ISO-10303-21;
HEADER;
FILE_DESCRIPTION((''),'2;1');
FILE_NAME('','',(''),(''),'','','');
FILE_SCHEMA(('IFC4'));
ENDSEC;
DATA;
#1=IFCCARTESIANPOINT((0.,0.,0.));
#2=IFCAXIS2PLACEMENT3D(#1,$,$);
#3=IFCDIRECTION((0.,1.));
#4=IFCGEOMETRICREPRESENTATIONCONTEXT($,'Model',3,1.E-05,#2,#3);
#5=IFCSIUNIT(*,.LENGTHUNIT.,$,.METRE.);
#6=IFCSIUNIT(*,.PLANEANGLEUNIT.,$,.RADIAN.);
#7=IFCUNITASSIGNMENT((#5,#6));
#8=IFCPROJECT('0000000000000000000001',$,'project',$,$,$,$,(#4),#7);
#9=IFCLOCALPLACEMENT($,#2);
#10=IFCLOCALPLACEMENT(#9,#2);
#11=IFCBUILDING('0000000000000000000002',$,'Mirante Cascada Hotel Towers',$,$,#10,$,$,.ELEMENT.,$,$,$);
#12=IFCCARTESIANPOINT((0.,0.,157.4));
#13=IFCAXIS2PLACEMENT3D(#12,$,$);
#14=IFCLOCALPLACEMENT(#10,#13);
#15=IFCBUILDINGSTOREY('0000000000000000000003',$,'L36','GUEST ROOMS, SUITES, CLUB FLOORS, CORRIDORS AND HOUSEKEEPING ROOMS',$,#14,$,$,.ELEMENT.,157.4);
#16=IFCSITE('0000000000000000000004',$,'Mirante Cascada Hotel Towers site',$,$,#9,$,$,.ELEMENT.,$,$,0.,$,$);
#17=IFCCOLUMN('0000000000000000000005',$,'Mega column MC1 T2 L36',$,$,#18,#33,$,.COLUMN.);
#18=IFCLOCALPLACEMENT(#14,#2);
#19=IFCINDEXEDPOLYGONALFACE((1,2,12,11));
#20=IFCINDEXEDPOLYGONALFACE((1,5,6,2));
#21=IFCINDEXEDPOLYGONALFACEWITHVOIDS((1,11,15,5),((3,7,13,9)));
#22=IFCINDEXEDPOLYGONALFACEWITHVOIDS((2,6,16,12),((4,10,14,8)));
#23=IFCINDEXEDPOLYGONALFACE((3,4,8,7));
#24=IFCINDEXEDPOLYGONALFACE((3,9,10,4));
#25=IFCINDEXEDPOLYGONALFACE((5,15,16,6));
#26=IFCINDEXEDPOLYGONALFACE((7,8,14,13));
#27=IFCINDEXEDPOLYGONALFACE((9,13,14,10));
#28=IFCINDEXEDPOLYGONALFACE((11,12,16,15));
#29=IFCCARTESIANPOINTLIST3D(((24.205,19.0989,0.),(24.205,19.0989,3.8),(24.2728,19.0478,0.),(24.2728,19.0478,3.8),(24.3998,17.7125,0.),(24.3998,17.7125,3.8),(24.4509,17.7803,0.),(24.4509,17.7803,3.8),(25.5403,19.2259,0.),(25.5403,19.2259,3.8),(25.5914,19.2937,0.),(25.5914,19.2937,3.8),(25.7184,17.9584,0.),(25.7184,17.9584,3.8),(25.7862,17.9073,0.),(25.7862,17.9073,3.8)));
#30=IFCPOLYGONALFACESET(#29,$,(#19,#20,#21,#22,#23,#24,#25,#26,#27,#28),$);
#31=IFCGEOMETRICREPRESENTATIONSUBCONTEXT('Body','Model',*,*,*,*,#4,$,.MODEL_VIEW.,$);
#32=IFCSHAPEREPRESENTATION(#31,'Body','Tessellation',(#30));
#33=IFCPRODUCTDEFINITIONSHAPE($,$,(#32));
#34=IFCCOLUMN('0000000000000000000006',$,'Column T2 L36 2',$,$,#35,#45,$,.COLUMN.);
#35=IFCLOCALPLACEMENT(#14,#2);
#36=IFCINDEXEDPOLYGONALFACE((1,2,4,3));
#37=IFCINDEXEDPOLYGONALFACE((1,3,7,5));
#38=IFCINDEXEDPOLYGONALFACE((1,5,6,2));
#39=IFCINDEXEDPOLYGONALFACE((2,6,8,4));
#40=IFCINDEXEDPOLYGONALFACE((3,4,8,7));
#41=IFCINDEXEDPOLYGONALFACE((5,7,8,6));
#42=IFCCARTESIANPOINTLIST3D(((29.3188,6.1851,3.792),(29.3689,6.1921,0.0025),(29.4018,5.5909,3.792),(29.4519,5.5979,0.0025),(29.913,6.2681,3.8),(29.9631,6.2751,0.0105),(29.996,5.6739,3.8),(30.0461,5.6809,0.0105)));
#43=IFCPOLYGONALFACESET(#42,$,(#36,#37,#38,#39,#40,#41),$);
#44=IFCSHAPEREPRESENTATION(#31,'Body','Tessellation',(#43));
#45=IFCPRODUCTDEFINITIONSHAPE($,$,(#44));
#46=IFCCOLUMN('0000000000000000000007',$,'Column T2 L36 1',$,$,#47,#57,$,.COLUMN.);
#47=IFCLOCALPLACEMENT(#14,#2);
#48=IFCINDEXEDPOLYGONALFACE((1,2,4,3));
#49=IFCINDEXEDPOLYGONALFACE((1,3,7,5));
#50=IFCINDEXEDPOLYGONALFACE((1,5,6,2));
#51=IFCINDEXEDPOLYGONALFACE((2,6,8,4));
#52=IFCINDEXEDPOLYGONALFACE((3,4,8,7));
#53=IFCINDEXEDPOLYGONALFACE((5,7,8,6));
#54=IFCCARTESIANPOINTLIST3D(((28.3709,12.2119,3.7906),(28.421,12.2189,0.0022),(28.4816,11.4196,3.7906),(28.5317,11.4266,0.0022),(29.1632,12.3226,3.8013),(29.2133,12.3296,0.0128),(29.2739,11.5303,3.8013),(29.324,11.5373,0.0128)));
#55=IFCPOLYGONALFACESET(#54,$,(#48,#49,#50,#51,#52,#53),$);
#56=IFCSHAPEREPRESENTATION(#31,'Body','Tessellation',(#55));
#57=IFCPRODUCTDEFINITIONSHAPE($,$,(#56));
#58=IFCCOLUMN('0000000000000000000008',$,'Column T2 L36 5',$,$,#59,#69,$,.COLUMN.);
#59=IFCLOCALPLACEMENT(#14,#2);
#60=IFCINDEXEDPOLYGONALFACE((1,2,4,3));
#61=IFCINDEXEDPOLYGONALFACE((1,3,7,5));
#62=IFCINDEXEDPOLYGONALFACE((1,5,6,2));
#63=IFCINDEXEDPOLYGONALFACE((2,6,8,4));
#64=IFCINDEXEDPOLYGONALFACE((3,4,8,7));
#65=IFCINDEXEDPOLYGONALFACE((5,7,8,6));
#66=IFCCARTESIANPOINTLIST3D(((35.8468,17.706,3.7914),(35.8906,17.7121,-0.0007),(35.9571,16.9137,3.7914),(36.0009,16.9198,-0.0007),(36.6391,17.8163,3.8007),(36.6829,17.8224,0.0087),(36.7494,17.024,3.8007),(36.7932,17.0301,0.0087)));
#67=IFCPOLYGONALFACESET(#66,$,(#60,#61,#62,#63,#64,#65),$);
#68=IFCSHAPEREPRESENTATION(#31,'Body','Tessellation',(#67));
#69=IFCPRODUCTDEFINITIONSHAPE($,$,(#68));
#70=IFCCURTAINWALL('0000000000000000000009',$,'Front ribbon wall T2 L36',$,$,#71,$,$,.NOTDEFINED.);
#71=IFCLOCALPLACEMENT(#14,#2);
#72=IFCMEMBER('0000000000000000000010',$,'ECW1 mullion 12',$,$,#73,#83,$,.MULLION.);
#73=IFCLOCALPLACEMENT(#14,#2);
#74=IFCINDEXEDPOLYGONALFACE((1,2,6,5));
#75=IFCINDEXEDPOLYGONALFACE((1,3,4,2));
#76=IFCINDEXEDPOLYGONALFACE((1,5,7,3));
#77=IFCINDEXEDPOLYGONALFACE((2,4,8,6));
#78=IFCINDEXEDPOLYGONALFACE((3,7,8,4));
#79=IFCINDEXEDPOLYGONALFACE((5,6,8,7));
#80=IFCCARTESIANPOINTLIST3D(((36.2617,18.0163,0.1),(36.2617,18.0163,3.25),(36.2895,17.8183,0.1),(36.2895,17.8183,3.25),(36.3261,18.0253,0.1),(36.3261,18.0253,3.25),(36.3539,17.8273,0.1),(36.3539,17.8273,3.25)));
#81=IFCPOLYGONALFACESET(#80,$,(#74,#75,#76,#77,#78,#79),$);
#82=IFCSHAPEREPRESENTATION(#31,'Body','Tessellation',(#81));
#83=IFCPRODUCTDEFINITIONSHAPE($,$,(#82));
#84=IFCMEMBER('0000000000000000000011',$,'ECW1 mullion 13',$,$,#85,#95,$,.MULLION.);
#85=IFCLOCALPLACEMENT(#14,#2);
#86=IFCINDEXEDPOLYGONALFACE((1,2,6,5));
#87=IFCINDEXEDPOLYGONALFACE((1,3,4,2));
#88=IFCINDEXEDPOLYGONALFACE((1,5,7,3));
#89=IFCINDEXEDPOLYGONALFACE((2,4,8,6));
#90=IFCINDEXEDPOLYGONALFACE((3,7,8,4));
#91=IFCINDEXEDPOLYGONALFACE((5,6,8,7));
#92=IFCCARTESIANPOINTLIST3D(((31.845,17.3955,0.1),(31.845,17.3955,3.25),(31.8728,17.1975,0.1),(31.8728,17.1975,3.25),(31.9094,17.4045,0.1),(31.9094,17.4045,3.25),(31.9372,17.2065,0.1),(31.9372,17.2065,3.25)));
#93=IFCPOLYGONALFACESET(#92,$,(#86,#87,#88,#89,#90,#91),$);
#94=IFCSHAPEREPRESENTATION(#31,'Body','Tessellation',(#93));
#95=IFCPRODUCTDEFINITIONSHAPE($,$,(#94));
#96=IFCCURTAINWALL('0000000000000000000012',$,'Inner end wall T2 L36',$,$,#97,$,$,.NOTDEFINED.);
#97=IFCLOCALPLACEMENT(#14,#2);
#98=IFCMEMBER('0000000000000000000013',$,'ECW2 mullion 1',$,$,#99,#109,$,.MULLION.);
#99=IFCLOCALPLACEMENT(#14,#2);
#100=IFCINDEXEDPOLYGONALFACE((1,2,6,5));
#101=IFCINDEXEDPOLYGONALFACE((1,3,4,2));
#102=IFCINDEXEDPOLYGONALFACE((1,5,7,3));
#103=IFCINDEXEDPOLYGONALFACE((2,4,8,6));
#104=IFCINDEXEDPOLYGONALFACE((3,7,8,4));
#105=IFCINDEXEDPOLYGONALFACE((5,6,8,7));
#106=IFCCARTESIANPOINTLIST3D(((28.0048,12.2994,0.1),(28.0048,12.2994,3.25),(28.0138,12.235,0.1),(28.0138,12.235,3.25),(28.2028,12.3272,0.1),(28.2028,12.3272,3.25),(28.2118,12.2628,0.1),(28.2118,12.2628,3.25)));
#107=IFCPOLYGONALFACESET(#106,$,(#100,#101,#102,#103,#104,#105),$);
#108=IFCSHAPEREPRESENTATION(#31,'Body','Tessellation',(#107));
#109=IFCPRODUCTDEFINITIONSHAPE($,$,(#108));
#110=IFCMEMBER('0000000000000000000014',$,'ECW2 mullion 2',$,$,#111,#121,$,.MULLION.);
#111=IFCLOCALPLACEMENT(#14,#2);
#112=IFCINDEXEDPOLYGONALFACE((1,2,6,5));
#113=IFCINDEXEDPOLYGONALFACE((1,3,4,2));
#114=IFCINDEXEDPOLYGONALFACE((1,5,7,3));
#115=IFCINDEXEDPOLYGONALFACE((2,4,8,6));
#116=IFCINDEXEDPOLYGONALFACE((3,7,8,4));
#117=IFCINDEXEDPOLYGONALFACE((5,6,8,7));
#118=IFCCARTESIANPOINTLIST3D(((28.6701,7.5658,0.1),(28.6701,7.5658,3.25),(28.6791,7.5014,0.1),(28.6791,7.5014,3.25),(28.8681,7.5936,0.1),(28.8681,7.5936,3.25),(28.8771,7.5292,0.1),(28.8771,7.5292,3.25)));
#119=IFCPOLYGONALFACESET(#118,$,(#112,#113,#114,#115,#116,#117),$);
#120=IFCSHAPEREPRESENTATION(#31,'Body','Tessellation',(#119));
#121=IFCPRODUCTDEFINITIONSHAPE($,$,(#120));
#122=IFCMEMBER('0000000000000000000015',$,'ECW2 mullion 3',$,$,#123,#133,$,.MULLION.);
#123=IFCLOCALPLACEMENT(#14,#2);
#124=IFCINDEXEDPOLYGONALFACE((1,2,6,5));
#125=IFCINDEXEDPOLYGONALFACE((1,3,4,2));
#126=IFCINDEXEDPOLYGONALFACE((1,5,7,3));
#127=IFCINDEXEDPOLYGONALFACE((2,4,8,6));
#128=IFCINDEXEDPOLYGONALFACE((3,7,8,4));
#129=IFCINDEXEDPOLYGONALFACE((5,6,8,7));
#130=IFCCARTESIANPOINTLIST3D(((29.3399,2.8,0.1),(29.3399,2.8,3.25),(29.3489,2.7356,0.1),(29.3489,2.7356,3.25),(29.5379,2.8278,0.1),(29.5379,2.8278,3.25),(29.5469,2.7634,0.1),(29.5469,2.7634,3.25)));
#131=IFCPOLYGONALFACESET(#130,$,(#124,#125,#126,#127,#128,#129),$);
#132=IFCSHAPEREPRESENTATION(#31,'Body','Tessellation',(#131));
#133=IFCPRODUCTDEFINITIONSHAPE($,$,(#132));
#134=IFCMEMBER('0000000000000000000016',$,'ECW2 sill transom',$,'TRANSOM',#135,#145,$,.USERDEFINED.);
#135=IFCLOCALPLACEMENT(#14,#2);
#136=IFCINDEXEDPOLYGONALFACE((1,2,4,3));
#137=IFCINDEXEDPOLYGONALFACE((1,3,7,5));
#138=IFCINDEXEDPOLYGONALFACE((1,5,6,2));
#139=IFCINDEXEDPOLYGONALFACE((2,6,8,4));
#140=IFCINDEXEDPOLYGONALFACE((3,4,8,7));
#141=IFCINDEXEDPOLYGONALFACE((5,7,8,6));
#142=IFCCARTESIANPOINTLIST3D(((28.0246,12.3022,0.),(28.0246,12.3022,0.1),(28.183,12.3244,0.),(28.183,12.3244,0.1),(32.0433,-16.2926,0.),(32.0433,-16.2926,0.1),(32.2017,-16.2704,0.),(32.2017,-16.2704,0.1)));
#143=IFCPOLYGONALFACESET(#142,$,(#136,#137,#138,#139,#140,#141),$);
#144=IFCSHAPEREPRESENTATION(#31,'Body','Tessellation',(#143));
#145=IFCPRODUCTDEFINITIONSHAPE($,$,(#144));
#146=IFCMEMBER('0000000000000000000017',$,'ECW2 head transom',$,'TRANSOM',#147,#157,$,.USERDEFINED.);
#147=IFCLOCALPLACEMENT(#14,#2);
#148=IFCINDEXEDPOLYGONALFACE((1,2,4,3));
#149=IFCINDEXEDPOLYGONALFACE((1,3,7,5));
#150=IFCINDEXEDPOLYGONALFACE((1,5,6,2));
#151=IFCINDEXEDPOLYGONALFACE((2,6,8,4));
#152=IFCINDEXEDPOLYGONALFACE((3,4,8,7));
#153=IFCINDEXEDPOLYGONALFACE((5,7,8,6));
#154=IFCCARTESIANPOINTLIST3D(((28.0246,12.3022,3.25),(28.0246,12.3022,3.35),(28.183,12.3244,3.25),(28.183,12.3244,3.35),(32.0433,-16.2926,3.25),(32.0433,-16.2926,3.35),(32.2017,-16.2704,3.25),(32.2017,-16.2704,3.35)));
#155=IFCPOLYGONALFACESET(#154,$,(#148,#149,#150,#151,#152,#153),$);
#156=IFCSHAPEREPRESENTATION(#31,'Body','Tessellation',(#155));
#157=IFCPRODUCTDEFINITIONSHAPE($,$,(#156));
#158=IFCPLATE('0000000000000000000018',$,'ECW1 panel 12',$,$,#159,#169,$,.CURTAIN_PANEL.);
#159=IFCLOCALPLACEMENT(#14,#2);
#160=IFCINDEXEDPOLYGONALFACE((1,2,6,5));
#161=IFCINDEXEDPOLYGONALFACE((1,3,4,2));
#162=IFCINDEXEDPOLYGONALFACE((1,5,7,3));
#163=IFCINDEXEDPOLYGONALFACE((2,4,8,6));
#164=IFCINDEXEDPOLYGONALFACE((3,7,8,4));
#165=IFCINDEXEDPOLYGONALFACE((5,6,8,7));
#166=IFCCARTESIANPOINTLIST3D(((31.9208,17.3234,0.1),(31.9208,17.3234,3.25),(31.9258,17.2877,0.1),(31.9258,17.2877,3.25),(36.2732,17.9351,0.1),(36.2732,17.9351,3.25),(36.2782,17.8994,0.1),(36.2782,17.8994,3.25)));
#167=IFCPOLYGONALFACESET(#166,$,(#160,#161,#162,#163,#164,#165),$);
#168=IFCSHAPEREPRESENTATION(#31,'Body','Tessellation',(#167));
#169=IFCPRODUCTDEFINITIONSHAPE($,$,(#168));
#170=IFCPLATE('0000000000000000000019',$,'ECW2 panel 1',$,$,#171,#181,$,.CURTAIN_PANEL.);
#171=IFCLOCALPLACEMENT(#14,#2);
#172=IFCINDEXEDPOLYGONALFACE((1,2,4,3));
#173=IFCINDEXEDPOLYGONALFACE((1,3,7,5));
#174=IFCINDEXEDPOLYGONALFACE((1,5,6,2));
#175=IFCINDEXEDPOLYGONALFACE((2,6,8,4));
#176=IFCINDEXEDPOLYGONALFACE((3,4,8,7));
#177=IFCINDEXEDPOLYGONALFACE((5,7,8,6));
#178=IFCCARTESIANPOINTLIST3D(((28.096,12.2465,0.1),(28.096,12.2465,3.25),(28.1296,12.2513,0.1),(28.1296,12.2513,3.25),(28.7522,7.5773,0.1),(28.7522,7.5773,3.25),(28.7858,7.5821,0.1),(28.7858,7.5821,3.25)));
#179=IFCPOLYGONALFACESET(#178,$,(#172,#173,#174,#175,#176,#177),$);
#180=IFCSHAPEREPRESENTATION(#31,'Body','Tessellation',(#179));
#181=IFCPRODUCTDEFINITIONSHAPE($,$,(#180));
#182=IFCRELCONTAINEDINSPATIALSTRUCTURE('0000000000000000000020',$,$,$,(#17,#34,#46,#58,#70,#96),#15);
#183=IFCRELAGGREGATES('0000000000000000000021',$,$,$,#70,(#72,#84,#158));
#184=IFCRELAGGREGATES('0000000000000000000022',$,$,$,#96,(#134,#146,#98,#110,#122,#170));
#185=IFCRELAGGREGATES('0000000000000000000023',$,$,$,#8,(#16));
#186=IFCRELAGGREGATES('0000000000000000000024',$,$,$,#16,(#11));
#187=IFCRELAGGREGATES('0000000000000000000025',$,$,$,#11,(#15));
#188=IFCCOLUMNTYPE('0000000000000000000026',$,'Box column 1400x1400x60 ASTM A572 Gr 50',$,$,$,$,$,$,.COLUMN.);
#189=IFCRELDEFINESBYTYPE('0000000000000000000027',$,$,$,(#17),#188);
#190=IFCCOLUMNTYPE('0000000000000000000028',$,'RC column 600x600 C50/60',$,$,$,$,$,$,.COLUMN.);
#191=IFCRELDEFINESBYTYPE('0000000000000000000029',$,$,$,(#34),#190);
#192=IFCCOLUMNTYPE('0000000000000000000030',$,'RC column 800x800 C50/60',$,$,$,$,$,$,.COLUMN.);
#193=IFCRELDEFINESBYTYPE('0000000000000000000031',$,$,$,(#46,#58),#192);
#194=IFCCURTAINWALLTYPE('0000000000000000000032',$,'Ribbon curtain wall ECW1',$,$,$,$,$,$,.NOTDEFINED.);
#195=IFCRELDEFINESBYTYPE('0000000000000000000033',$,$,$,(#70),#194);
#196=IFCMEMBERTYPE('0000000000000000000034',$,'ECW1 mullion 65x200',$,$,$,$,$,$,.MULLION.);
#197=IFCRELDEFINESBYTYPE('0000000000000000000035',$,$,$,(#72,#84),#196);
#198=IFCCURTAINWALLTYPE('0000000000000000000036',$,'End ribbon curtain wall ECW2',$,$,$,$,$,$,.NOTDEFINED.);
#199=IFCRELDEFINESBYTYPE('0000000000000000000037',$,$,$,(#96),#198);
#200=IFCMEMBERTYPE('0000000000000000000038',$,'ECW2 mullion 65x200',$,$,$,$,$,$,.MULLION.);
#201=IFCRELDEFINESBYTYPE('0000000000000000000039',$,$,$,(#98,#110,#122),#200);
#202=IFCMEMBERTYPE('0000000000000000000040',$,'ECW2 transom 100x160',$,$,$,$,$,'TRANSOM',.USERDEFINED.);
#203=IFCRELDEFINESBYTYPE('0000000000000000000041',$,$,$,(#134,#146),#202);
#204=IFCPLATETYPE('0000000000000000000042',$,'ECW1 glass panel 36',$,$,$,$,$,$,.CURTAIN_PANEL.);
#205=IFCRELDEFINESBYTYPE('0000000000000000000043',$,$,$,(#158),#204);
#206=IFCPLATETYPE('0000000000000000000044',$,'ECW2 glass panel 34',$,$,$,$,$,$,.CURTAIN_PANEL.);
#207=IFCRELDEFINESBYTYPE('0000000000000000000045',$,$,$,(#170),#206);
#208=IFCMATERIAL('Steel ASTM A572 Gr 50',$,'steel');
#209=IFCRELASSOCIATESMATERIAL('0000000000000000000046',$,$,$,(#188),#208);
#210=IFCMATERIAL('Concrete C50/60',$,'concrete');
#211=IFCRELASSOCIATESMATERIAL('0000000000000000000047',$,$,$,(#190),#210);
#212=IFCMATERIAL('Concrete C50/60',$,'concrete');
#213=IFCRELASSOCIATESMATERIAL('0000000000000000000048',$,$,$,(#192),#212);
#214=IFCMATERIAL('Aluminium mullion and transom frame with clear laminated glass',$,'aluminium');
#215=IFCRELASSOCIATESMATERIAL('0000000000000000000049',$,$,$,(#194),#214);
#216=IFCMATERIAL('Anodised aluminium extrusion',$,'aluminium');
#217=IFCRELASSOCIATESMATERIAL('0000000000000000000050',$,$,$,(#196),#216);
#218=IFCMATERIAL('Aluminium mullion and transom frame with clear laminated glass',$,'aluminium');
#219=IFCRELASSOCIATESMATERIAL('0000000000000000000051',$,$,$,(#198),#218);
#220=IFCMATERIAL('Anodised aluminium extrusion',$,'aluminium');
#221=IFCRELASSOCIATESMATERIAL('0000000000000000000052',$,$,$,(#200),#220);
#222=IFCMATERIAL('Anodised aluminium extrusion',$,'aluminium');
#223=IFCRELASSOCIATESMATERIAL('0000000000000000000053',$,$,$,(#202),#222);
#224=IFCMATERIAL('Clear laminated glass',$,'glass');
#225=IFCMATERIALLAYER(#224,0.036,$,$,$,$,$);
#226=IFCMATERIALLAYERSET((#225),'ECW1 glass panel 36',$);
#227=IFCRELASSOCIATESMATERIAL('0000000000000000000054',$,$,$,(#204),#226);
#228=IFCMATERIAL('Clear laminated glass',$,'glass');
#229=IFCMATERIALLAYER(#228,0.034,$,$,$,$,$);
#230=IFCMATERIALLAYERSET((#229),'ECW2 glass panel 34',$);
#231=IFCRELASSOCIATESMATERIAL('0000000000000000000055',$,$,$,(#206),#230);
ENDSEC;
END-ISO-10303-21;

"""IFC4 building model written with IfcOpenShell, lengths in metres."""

from ifc_helpers import new_model, si_unit, direction, frame, origin, origin_2d, place, context, subcontext, project, spatial, rectangle, hollow_rectangle, extrude, material, layer, layer_set, material_profile, profile_set, type_object, element, aggregate, save


model = new_model("IFC4")

# Units and contexts
model_context = context("Model", 3, precision=1e-05, world=origin(), true_north=direction((0.0, 1.0)))
body_context = subcontext(model_context, "Body", "Model", "MODEL_VIEW")
ifc_project = project(units=[si_unit("LENGTHUNIT", "METRE"), si_unit("PLANEANGLEUNIT", "RADIAN")], contexts=[model_context])

# Site, building, storey
site_placement = place(None, origin())
site = spatial("IfcSite", under=ifc_project, at=site_placement, Name="Mirante Cascada Hotel Towers site", CompositionType="ELEMENT", RefElevation=0.0)
building_placement = place(site_placement, origin())
building = spatial("IfcBuilding", under=site, at=building_placement, Name="Mirante Cascada Hotel Towers", CompositionType="ELEMENT")
storey_placement = place(building_placement, frame((0.0, 0.0, 157.4)))
storey = spatial("IfcBuildingStorey", under=building, at=storey_placement, Name="L36", Description="GUEST ROOMS, SUITES, CLUB FLOORS, CORRIDORS AND HOUSEKEEPING ROOMS", CompositionType="ELEMENT", Elevation=157.4)

# Columns
ifc_material_1 = material(Name="Steel ASTM A572 Gr 50", Category="steel")
ifc_material_profile_1 = material_profile(ifc_material_1, hollow_rectangle(XDim=1.4, YDim=1.4, WallThickness=0.06, at=origin_2d()), Name="Box column 1400x1400x60 ASTM A572 Gr 50")
ifc_profile_set_1 = profile_set([ifc_material_profile_1], Name="Steel ASTM A572 Gr 50")
column_type_1 = type_object("IfcColumnType", Name="Box column 1400x1400x60 ASTM A572 Gr 50", PredefinedType="COLUMN", material=ifc_profile_set_1)
column_1_placement = place(storey_placement, frame((24.9956, 18.5031, 0.0), z_axis=(0.0, 0.0, 1.0), x_axis=(0.990268, 0.139173, 0.0)))
element("IfcColumn", 1, at=column_1_placement, inside=storey, type_object=column_type_1, Name="Mega column MC1 T2 L36", PredefinedType="COLUMN", context=body_context, shape_type="SweptSolid", body=[
    extrude(hollow_rectangle(XDim=1.4, YDim=1.4, WallThickness=0.06, at=origin_2d()), origin(), (0.0, 0.0, 1.0), 3.8),
])
ifc_material_2 = material(Name="Concrete C50/60", Category="concrete")
ifc_material_profile_2 = material_profile(ifc_material_2, rectangle(XDim=0.6, YDim=0.6, at=origin_2d()), Name="RC column 600x600 C50/60")
ifc_profile_set_2 = profile_set([ifc_material_profile_2], Name="Concrete C50/60")
column_type_2 = type_object("IfcColumnType", Name="RC column 600x600 C50/60", PredefinedType="COLUMN", material=ifc_profile_set_2)
column_2_placement = place(storey_placement, frame((29.7075, 5.9365, 0.0065), z_axis=(-0.01322, -0.001847, 0.999911), x_axis=(0.138376, -0.99038, 0.0)))
element("IfcColumn", 2, at=column_2_placement, inside=storey, type_object=column_type_2, Name="Column T2 L36 2", PredefinedType="COLUMN", context=body_context, shape_type="SweptSolid", body=[
    extrude(rectangle(XDim=0.6, YDim=0.6, at=origin_2d()), origin(), (0.0, 0.0, 1.0), 3.7898),
])
ifc_material_3 = material(Name="Concrete C50/60", Category="concrete")
ifc_material_profile_3 = material_profile(ifc_material_3, rectangle(XDim=0.8, YDim=0.8, at=origin_2d()), Name="RC column 800x800 C50/60")
ifc_profile_set_3 = profile_set([ifc_material_profile_3], Name="Concrete C50/60")
column_type_3 = type_object("IfcColumnType", Name="RC column 800x800 C50/60", PredefinedType="COLUMN", material=ifc_profile_set_3)
column_3_placement = place(storey_placement, frame((28.8725, 11.8781, 0.0075), z_axis=(-0.013223, -0.001847, 0.999911), x_axis=(0.138376, -0.99038, 0.0)))
element("IfcColumn", 3, at=column_3_placement, inside=storey, type_object=column_type_3, Name="Column T2 L36 1", PredefinedType="COLUMN", context=body_context, shape_type="SweptSolid", body=[
    extrude(rectangle(XDim=0.8, YDim=0.8, at=origin_2d()), origin(), (0.0, 0.0, 1.0), 3.7888),
])
column_4_placement = place(storey_placement, frame((36.3419, 17.3711, 0.004), z_axis=(-0.01155, -0.001608, 0.999932), x_axis=(0.137938, -0.990441, 0.0)))
element("IfcColumn", 4, at=column_4_placement, inside=storey, type_object=column_type_3, Name="Column T2 L36 5", PredefinedType="COLUMN", context=body_context, shape_type="SweptSolid", body=[
    extrude(rectangle(XDim=0.8, YDim=0.8, at=origin_2d()), origin(), (0.0, 0.0, 1.0), 3.7923),
])

# Curtain walls, members
ifc_material_4 = material(Name="Aluminium mullion and transom frame with clear laminated glass", Category="aluminium")
curtain_wall_type_1 = type_object("IfcCurtainWallType", Name="Ribbon curtain wall ECW1", PredefinedType="NOTDEFINED", material=ifc_material_4)
curtain_wall_1_placement = place(storey_placement, origin())
curtain_wall_1 = element("IfcCurtainWall", 5, at=curtain_wall_1_placement, inside=storey, type_object=curtain_wall_type_1, Name="Front ribbon wall T2 L36", PredefinedType="NOTDEFINED")
ifc_material_5 = material(Name="Anodised aluminium extrusion", Category="aluminium")
ifc_material_profile_4 = material_profile(ifc_material_5, rectangle(XDim=0.2, YDim=0.065, at=origin_2d()), Name="ECW1 MULLION 65x200")
ifc_profile_set_4 = profile_set([ifc_material_profile_4], Name="Anodised aluminium extrusion")
member_type_1 = type_object("IfcMemberType", Name="ECW1 mullion 65x200", PredefinedType="MULLION", material=ifc_profile_set_4)
member_1_placement = place(storey_placement, frame((36.3078, 17.9218, 0.1), z_axis=(0.0, 0.0, 1.0), x_axis=(0.139173, -0.990268, 0.0)))
member_1 = element("IfcMember", 6, at=member_1_placement, type_object=member_type_1, Name="ECW1 mullion 12", PredefinedType="MULLION", context=body_context, shape_type="SweptSolid", body=[
    extrude(rectangle(XDim=0.2, YDim=0.065, at=origin_2d()), origin(), (0.0, 0.0, 1.0), 3.15),
])
member_2_placement = place(storey_placement, frame((31.8911, 17.301, 0.1), z_axis=(0.0, 0.0, 1.0), x_axis=(0.139173, -0.990268, 0.0)))
member_2 = element("IfcMember", 7, at=member_2_placement, type_object=member_type_1, Name="ECW1 mullion 13", PredefinedType="MULLION", context=body_context, shape_type="SweptSolid", body=[
    extrude(rectangle(XDim=0.2, YDim=0.065, at=origin_2d()), origin(), (0.0, 0.0, 1.0), 3.15),
])
ifc_material_6 = material(Name="Aluminium mullion and transom frame with clear laminated glass", Category="aluminium")
curtain_wall_type_2 = type_object("IfcCurtainWallType", Name="End ribbon curtain wall ECW2", PredefinedType="NOTDEFINED", material=ifc_material_6)
curtain_wall_2_placement = place(storey_placement, origin())
curtain_wall_2 = element("IfcCurtainWall", 8, at=curtain_wall_2_placement, inside=storey, type_object=curtain_wall_type_2, Name="Inner end wall T2 L36", PredefinedType="NOTDEFINED")
ifc_material_7 = material(Name="Anodised aluminium extrusion", Category="aluminium")
ifc_material_profile_5 = material_profile(ifc_material_7, rectangle(XDim=0.2, YDim=0.065, at=origin_2d()), Name="ECW2 MULLION 65x200")
ifc_profile_set_5 = profile_set([ifc_material_profile_5], Name="Anodised aluminium extrusion")
member_type_2 = type_object("IfcMemberType", Name="ECW2 mullion 65x200", PredefinedType="MULLION", material=ifc_profile_set_5)
member_3_placement = place(storey_placement, frame((28.1083, 12.2811, 0.1), z_axis=(0.0, 0.0, 1.0), x_axis=(0.990268, 0.139173, 0.0)))
member_3 = element("IfcMember", 9, at=member_3_placement, type_object=member_type_2, Name="ECW2 mullion 1", PredefinedType="MULLION", context=body_context, shape_type="SweptSolid", body=[
    extrude(rectangle(XDim=0.2, YDim=0.065, at=origin_2d()), origin(), (0.0, 0.0, 1.0), 3.15),
])
member_4_placement = place(storey_placement, frame((28.7736, 7.5475, 0.1), z_axis=(0.0, 0.0, 1.0), x_axis=(0.990268, 0.139173, 0.0)))
member_4 = element("IfcMember", 10, at=member_4_placement, type_object=member_type_2, Name="ECW2 mullion 2", PredefinedType="MULLION", context=body_context, shape_type="SweptSolid", body=[
    extrude(rectangle(XDim=0.2, YDim=0.065, at=origin_2d()), origin(), (0.0, 0.0, 1.0), 3.15),
])
member_5_placement = place(storey_placement, frame((29.4434, 2.7817, 0.1), z_axis=(0.0, 0.0, 1.0), x_axis=(0.990268, 0.139173, 0.0)))
member_5 = element("IfcMember", 11, at=member_5_placement, type_object=member_type_2, Name="ECW2 mullion 3", PredefinedType="MULLION", context=body_context, shape_type="SweptSolid", body=[
    extrude(rectangle(XDim=0.2, YDim=0.065, at=origin_2d()), origin(), (0.0, 0.0, 1.0), 3.15),
])
ifc_material_8 = material(Name="Anodised aluminium extrusion", Category="aluminium")
ifc_material_profile_6 = material_profile(ifc_material_8, rectangle(XDim=0.16, YDim=0.1, at=origin_2d()), Name="ECW2 TRANSOM 100x160")
ifc_profile_set_6 = profile_set([ifc_material_profile_6], Name="Anodised aluminium extrusion")
member_type_3 = type_object("IfcMemberType", Name="ECW2 transom 100x160", ElementType="TRANSOM", PredefinedType="USERDEFINED", material=ifc_profile_set_6)
member_6_placement = place(storey_placement, frame((28.1038, 12.3133, 0.05), z_axis=(0.139172, -0.990268, 0.0), x_axis=(0.990268, 0.139172, 0.0)))
member_6 = element("IfcMember", 12, at=member_6_placement, type_object=member_type_3, Name="ECW2 sill transom", ObjectType="TRANSOM", PredefinedType="USERDEFINED", context=body_context, shape_type="SweptSolid", body=[
    extrude(rectangle(XDim=0.16, YDim=0.1, at=origin_2d()), origin(), (0.0, 0.0, 1.0), 28.8758),
])
member_7_placement = place(storey_placement, frame((28.1038, 12.3133, 3.3), z_axis=(0.139172, -0.990268, 0.0), x_axis=(0.990268, 0.139172, 0.0)))
member_7 = element("IfcMember", 13, at=member_7_placement, type_object=member_type_3, Name="ECW2 head transom", ObjectType="TRANSOM", PredefinedType="USERDEFINED", context=body_context, shape_type="SweptSolid", body=[
    extrude(rectangle(XDim=0.16, YDim=0.1, at=origin_2d()), origin(), (0.0, 0.0, 1.0), 28.8758),
])

# Plates
ifc_material_9 = material(Name="Clear laminated glass", Category="glass")
ifc_layer_1 = layer(ifc_material_9, 0.036)
ifc_layer_set_1 = layer_set([ifc_layer_1], Name="ECW1 glass panel 36")
plate_type_1 = type_object("IfcPlateType", Name="ECW1 glass panel 36", PredefinedType="CURTAIN_PANEL", material=ifc_layer_set_1)
plate_1_placement = place(storey_placement, frame((34.0995, 17.6114, 0.1), z_axis=(0.0, 0.0, 1.0), x_axis=(-0.990268, -0.139173, 0.0)))
plate_1 = element("IfcPlate", 14, at=plate_1_placement, type_object=plate_type_1, Name="ECW1 panel 12", PredefinedType="CURTAIN_PANEL", context=body_context, shape_type="SweptSolid", body=[
    extrude(rectangle(XDim=4.3951, YDim=0.036, at=origin_2d()), origin(), (0.0, 0.0, 1.0), 3.15),
])
aggregate(curtain_wall_1, [member_1, member_2, plate_1])
ifc_material_10 = material(Name="Clear laminated glass", Category="glass")
ifc_layer_2 = layer(ifc_material_10, 0.034)
ifc_layer_set_2 = layer_set([ifc_layer_2], Name="ECW2 glass panel 34")
plate_type_2 = type_object("IfcPlateType", Name="ECW2 glass panel 34", PredefinedType="CURTAIN_PANEL", material=ifc_layer_set_2)
plate_2_placement = place(storey_placement, frame((28.4409, 9.9143, 0.1), z_axis=(0.0, 0.0, 1.0), x_axis=(0.139173, -0.990268, 0.0)))
plate_2 = element("IfcPlate", 15, at=plate_2_placement, type_object=plate_type_2, Name="ECW2 panel 1", PredefinedType="CURTAIN_PANEL", context=body_context, shape_type="SweptSolid", body=[
    extrude(rectangle(XDim=4.7151, YDim=0.034, at=origin_2d()), origin(), (0.0, 0.0, 1.0), 3.15),
])
aggregate(curtain_wall_2, [member_6, member_7, member_3, member_4, member_5, plate_2])

save(model, "model.ifc")
